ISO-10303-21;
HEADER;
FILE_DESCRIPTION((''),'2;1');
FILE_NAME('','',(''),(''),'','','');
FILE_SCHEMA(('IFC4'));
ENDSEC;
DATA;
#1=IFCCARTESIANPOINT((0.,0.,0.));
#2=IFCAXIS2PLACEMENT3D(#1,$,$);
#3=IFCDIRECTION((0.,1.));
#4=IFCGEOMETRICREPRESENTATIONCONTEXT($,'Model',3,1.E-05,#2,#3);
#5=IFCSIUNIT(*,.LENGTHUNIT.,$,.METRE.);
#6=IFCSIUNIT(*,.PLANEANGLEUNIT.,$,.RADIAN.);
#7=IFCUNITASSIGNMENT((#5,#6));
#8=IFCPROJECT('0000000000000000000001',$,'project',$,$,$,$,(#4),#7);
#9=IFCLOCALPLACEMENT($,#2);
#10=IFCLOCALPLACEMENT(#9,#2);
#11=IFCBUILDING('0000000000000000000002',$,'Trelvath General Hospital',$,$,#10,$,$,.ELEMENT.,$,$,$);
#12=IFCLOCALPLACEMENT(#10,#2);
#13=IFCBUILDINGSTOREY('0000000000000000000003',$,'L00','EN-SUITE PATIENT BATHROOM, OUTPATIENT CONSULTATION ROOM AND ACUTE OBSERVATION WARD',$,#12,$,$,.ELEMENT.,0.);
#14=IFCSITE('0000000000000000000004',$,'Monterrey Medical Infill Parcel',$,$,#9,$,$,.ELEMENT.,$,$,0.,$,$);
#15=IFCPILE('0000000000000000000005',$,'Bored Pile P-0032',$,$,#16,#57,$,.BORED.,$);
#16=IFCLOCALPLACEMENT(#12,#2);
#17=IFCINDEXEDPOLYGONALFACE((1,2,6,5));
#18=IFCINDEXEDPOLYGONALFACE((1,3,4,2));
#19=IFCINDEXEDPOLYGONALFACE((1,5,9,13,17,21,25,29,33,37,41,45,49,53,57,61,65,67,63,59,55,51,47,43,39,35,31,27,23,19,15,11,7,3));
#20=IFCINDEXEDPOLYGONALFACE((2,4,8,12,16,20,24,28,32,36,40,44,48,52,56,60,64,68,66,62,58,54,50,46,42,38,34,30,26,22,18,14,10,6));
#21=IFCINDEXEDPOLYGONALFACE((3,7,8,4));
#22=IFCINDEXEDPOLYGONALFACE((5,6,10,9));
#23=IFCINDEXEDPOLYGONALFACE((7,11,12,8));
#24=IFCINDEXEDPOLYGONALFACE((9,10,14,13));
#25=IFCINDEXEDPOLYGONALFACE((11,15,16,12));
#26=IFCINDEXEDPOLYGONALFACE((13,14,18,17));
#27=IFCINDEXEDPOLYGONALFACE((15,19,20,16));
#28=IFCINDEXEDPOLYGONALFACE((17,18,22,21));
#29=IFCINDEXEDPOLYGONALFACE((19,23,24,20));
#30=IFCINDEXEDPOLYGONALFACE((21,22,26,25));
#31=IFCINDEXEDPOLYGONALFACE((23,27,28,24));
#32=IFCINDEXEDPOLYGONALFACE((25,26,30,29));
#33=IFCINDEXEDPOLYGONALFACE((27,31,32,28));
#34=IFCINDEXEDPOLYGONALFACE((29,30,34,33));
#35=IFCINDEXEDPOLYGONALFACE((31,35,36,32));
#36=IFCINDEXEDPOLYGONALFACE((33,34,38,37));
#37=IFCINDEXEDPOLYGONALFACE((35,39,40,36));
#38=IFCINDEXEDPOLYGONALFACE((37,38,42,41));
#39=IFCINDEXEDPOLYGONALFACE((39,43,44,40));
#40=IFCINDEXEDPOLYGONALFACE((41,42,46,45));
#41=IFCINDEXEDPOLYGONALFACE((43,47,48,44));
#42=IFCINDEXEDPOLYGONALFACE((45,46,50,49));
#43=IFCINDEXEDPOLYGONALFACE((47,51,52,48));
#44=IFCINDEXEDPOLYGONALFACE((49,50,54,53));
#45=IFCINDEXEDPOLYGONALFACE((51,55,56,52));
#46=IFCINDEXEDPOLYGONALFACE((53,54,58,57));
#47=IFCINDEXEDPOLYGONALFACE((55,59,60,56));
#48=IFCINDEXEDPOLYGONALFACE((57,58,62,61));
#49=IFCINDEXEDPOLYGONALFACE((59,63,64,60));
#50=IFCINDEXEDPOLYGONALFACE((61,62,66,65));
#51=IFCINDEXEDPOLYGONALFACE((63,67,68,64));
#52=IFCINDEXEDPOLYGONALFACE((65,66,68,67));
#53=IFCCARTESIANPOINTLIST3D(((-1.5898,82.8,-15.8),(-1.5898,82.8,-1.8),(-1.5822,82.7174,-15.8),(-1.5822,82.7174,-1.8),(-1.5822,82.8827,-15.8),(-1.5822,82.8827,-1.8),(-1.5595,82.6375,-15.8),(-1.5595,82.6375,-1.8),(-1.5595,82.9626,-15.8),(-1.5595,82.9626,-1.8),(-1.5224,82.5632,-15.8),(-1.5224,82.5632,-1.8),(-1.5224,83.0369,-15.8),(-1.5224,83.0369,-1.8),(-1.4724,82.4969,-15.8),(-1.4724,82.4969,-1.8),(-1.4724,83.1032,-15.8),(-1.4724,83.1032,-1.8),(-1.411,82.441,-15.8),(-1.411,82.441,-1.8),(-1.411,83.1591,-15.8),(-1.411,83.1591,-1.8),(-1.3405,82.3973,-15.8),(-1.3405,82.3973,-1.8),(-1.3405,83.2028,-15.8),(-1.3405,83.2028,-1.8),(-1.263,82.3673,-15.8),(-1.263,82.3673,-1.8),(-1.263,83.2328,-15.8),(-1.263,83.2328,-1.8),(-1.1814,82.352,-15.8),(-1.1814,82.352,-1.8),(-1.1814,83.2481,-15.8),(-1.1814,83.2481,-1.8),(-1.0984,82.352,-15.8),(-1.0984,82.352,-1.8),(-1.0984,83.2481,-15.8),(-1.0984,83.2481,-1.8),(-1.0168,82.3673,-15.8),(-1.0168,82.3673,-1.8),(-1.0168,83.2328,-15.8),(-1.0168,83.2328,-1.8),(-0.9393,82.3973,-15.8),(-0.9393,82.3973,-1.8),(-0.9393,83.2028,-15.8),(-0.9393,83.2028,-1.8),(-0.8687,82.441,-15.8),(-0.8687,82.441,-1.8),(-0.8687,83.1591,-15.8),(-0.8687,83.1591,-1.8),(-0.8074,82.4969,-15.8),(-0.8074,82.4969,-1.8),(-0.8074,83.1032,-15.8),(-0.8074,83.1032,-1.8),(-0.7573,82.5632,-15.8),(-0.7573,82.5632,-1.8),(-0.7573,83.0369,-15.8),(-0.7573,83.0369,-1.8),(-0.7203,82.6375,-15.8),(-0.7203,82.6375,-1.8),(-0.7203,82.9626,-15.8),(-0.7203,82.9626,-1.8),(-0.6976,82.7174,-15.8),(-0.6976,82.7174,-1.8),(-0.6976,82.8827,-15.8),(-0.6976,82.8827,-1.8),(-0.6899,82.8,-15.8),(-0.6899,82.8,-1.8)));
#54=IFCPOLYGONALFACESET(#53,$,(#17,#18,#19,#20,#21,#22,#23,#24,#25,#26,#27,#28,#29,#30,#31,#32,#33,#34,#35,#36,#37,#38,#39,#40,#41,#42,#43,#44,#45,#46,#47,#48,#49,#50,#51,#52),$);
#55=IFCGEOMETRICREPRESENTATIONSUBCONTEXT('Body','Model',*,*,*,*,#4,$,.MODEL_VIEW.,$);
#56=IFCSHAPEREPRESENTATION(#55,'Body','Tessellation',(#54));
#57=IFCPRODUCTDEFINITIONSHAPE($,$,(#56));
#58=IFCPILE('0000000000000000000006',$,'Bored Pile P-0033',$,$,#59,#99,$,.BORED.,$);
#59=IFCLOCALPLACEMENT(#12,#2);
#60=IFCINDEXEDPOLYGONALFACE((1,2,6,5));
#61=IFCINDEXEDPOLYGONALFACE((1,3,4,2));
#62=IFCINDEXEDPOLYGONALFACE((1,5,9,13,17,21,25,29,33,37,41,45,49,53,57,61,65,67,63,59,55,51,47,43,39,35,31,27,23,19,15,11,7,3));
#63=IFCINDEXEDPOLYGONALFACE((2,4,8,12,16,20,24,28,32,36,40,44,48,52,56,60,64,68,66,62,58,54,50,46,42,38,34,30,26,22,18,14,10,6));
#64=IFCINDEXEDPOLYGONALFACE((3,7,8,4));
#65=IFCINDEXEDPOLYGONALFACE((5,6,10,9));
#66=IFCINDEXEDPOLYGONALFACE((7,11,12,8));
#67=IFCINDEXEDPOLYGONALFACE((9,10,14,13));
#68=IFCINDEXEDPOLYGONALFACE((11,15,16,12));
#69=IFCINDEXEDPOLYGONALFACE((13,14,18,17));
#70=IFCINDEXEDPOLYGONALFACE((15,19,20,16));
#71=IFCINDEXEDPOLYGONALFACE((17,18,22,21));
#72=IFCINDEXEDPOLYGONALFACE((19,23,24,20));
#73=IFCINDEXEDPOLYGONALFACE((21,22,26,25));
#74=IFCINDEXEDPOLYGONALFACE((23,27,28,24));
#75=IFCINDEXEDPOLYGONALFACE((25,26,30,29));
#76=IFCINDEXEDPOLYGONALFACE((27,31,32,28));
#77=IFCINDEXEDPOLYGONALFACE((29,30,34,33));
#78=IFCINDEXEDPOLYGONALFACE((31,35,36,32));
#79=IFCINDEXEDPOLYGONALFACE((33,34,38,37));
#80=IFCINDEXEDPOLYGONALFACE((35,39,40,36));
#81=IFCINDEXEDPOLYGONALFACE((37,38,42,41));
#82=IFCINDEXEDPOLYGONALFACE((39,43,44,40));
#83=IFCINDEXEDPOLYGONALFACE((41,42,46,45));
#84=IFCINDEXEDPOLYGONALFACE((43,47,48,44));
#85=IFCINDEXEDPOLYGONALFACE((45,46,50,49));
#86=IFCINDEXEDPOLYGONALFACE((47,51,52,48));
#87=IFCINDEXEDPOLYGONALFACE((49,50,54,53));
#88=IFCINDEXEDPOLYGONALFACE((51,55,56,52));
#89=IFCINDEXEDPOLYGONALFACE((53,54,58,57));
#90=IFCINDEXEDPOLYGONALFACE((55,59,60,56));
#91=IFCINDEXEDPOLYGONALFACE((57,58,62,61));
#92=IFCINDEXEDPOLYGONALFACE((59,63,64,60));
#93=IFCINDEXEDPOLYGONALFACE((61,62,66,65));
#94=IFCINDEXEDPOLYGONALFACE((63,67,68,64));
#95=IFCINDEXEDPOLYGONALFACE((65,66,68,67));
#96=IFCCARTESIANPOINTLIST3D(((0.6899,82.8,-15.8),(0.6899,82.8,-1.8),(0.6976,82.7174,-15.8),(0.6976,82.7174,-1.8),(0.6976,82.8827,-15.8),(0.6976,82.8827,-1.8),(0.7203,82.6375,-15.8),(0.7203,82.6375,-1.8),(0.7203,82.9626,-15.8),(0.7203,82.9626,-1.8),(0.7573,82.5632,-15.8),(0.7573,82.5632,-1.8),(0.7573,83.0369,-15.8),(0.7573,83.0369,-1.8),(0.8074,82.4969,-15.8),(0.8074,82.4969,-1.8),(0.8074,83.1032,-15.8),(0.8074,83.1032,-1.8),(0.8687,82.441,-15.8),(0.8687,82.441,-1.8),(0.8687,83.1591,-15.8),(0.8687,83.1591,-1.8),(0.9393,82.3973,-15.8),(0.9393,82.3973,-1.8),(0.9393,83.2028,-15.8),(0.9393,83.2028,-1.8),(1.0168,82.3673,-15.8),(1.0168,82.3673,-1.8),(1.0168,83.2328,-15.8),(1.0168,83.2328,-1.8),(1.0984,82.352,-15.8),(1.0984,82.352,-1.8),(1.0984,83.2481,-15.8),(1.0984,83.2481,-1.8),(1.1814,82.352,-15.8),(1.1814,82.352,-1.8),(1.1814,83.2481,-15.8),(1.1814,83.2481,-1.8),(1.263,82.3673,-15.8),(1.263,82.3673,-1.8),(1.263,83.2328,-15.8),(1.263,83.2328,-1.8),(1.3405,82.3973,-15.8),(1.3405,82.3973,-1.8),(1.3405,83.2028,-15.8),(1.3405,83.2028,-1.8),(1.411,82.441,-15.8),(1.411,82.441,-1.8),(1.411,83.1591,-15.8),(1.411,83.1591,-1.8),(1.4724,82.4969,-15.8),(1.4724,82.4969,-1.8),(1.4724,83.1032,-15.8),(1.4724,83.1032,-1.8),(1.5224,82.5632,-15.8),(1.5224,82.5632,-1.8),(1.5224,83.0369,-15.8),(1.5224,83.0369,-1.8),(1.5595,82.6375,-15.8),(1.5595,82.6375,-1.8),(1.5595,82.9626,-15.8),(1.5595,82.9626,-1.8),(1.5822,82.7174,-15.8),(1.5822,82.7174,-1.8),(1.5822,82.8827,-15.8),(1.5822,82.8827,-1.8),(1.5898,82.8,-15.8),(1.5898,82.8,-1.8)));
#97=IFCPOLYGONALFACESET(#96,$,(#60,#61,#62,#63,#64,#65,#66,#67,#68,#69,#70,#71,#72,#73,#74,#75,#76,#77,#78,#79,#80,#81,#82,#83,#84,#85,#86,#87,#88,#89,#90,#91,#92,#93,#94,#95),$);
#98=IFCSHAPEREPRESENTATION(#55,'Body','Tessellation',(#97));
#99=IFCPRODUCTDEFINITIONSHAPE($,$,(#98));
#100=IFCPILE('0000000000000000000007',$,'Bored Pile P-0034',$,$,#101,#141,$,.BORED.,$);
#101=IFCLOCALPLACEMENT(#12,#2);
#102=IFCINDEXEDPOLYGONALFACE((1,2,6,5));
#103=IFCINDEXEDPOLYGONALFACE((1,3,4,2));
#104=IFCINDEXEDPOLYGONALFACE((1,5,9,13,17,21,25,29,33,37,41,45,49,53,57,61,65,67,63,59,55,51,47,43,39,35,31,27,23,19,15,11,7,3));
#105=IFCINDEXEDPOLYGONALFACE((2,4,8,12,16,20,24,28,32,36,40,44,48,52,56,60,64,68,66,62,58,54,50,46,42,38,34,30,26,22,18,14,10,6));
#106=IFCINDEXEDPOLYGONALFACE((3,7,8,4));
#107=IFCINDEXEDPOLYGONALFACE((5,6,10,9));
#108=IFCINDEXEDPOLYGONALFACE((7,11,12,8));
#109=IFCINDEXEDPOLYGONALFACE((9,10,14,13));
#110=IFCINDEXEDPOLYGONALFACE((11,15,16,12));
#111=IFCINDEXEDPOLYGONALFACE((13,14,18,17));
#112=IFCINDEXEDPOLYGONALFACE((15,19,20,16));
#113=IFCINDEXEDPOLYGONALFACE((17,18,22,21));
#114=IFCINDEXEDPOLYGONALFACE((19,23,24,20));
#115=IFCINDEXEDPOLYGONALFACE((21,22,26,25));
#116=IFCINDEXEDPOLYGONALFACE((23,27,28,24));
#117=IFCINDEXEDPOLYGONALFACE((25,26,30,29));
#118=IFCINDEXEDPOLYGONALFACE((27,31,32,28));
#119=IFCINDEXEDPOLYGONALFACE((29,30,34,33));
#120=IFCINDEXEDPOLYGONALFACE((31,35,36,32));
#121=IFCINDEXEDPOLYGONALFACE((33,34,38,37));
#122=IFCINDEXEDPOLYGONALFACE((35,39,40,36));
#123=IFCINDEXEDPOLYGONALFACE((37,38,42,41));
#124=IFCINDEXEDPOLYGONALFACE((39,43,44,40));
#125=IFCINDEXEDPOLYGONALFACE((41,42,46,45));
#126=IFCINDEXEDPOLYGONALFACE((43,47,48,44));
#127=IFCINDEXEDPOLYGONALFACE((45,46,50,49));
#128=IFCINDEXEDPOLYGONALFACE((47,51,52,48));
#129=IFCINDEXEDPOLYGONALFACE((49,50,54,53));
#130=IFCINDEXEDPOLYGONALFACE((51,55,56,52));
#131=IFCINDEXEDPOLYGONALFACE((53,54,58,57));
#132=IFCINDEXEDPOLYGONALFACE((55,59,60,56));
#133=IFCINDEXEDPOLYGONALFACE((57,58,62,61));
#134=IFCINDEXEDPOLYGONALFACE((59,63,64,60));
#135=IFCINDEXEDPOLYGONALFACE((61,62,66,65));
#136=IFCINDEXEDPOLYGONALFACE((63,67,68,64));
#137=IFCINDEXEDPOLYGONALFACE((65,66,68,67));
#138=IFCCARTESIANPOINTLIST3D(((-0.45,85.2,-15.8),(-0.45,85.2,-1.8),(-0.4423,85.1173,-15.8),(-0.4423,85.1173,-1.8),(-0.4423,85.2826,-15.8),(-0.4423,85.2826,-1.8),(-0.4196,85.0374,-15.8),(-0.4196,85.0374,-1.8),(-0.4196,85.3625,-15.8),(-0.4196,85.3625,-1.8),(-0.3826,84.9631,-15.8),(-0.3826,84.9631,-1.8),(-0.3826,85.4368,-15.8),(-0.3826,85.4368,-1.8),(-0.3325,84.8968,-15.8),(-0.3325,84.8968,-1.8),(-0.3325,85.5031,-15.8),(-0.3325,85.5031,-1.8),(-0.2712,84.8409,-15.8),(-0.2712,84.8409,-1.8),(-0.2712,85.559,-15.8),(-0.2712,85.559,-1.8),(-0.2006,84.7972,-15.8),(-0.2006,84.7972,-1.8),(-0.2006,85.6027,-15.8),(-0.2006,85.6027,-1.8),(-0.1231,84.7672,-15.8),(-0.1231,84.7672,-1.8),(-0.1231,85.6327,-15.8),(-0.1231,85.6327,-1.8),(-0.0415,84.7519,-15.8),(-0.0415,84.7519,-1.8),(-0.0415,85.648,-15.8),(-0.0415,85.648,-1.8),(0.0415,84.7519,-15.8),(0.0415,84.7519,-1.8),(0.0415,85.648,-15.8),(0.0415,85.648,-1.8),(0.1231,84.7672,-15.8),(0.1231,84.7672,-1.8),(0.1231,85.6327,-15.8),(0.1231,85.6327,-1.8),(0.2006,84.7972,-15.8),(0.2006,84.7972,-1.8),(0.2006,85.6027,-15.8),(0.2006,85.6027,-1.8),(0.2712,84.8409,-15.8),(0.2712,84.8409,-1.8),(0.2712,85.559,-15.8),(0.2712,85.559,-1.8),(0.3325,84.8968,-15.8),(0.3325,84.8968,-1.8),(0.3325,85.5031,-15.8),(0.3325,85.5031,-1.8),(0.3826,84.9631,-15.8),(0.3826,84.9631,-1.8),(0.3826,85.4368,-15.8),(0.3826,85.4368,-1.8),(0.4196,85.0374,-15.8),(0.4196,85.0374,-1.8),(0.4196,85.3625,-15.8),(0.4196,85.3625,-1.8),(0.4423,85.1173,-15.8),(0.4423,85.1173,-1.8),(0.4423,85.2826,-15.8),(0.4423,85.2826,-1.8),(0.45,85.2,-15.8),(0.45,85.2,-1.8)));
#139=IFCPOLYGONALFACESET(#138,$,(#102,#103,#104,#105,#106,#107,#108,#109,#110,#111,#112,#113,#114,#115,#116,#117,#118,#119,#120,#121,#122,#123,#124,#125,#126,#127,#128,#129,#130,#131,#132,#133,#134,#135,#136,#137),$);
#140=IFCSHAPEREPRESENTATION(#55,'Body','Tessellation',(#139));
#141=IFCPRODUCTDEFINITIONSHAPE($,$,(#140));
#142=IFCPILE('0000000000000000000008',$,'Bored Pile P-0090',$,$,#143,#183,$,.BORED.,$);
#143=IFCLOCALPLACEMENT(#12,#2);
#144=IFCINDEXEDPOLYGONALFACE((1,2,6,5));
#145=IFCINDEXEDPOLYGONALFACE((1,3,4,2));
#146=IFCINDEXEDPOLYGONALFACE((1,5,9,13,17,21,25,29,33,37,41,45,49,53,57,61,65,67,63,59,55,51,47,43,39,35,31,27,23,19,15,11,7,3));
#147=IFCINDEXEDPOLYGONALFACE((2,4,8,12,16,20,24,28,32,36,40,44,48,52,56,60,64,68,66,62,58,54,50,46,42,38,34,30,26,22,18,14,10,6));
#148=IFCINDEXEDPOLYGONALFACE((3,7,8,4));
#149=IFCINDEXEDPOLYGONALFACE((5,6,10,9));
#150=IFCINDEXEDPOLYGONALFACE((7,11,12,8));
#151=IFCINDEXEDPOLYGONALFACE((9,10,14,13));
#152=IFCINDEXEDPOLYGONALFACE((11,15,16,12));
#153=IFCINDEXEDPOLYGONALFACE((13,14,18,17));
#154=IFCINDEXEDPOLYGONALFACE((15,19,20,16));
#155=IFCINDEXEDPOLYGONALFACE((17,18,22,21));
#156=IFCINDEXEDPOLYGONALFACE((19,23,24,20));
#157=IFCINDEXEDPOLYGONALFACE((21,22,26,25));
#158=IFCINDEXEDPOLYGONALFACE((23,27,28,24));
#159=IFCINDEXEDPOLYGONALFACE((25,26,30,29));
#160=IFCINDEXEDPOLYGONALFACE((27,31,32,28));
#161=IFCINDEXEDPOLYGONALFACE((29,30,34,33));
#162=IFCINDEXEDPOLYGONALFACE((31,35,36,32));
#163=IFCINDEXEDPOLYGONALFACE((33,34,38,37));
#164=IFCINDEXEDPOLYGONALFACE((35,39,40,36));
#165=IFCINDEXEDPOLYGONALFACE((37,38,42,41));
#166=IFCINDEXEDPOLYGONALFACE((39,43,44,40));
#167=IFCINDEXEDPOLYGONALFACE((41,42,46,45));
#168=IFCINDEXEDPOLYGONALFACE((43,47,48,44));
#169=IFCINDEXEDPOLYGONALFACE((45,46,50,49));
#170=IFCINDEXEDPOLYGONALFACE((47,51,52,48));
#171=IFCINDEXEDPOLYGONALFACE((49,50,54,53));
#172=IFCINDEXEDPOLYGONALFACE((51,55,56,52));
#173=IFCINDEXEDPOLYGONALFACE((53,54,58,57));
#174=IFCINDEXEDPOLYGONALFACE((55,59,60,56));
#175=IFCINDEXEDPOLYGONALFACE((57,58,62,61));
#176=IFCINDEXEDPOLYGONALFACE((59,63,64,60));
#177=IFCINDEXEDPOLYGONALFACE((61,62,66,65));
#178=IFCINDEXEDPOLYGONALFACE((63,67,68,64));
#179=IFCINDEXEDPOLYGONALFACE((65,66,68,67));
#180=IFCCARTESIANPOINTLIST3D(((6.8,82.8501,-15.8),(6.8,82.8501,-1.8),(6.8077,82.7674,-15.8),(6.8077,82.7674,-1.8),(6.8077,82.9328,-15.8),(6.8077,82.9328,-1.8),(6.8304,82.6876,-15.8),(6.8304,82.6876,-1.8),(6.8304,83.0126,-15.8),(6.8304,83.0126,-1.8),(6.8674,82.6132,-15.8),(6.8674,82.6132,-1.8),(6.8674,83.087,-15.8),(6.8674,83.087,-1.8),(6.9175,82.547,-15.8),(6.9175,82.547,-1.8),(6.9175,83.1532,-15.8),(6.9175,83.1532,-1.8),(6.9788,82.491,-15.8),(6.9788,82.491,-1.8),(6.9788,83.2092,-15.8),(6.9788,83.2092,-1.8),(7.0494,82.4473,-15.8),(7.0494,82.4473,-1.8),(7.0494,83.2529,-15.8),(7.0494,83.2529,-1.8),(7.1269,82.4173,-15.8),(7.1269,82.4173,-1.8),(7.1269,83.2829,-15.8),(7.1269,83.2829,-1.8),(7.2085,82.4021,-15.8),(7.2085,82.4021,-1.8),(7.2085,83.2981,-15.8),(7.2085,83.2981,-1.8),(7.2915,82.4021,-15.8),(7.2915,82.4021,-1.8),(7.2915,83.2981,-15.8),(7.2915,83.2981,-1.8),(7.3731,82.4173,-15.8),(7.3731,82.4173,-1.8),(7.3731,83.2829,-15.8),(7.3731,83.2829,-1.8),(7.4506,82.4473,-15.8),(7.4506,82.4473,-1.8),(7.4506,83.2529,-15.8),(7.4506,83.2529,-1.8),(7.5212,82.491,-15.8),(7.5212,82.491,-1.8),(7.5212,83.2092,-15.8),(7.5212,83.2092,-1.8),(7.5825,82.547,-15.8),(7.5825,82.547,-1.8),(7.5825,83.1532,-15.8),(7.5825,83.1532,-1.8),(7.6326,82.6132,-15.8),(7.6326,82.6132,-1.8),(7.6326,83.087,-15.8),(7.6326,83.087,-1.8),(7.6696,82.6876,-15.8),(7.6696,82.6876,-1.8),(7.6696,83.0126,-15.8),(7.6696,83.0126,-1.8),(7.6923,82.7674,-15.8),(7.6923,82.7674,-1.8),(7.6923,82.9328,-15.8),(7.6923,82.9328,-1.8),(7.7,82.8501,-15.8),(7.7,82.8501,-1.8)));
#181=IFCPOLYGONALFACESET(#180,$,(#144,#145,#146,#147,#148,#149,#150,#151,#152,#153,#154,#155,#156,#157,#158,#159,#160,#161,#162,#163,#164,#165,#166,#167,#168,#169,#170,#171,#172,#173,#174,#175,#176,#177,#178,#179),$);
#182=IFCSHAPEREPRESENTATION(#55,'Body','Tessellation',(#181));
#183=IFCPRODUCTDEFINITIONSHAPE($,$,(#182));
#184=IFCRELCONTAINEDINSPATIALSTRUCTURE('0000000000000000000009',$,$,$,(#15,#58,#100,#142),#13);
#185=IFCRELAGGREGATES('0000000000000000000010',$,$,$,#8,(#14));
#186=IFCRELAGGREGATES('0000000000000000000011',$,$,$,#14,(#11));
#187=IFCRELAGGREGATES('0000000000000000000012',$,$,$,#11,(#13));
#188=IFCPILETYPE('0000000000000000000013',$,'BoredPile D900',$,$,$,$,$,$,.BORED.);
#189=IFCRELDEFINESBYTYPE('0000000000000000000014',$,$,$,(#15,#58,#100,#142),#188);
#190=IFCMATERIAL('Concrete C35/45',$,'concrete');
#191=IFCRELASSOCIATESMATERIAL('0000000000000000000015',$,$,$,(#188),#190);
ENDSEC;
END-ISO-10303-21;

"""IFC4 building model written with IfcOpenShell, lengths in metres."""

from ifc_helpers import new_model, si_unit, direction, frame, origin, origin_2d, place, context, subcontext, project, spatial, circle, extrude, material, material_profile, profile_set, type_object, element, save


model = new_model("IFC4")

# Units and contexts
model_context = context("Model", 3, precision=1e-05, world=origin(), true_north=direction((0.0, 1.0)))
body_context = subcontext(model_context, "Body", "Model", "MODEL_VIEW")
ifc_project = project(units=[si_unit("LENGTHUNIT", "METRE"), si_unit("PLANEANGLEUNIT", "RADIAN")], contexts=[model_context])

# Site, building, storey
site_placement = place(None, origin())
site = spatial("IfcSite", under=ifc_project, at=site_placement, Name="Monterrey Medical Infill Parcel", CompositionType="ELEMENT", RefElevation=0.0)
building_placement = place(site_placement, origin())
building = spatial("IfcBuilding", under=site, at=building_placement, Name="Trelvath General Hospital", CompositionType="ELEMENT")
storey_placement = place(building_placement, origin())
storey = spatial("IfcBuildingStorey", under=building, at=storey_placement, Name="L00", Description="EN-SUITE PATIENT BATHROOM, OUTPATIENT CONSULTATION ROOM AND ACUTE OBSERVATION WARD", CompositionType="ELEMENT", Elevation=0.0)

# Piles
ifc_material_1 = material(Name="Concrete C35/45", Category="concrete")
ifc_material_profile_1 = material_profile(ifc_material_1, circle(Radius=0.45, at=origin_2d()), Name="PILE900")
ifc_profile_set_1 = profile_set([ifc_material_profile_1], Name="Concrete C35/45")
pile_type = type_object("IfcPileType", Name="BoredPile D900", PredefinedType="BORED", material=ifc_profile_set_1)
for number, where, z_axis, x_axis, name in (
    (1, (-1.1399, 82.8, -1.8), (0.0, 0.0, -1.0), (1.0, 0.0, 0.0), "Bored Pile P-0032"),
    (2, (1.1399, 82.8, -1.8), (0.0, 0.0, -1.0), (1.0, 0.0, 0.0), "Bored Pile P-0033"),
    (3, (0.0, 85.2, -1.8), (0.0, 0.0, -1.0), (1.0, 0.0, 0.0), "Bored Pile P-0034"),
    (4, (7.25, 82.8501, -1.8), (0.0, 0.0, -1.0), (1.0, 0.0, 0.0), "Bored Pile P-0090"),
):
    element("IfcPile", number, at=place(storey_placement, frame(where, z_axis=z_axis, x_axis=x_axis)), inside=storey, type_object=pile_type, Name=name, PredefinedType="BORED", context=body_context, shape_type="SweptSolid", body=[
        extrude(circle(Radius=0.45, at=origin_2d()), origin(), (0.0, 0.0, 1.0), 14.0),
    ])

save(model, "model.ifc")
